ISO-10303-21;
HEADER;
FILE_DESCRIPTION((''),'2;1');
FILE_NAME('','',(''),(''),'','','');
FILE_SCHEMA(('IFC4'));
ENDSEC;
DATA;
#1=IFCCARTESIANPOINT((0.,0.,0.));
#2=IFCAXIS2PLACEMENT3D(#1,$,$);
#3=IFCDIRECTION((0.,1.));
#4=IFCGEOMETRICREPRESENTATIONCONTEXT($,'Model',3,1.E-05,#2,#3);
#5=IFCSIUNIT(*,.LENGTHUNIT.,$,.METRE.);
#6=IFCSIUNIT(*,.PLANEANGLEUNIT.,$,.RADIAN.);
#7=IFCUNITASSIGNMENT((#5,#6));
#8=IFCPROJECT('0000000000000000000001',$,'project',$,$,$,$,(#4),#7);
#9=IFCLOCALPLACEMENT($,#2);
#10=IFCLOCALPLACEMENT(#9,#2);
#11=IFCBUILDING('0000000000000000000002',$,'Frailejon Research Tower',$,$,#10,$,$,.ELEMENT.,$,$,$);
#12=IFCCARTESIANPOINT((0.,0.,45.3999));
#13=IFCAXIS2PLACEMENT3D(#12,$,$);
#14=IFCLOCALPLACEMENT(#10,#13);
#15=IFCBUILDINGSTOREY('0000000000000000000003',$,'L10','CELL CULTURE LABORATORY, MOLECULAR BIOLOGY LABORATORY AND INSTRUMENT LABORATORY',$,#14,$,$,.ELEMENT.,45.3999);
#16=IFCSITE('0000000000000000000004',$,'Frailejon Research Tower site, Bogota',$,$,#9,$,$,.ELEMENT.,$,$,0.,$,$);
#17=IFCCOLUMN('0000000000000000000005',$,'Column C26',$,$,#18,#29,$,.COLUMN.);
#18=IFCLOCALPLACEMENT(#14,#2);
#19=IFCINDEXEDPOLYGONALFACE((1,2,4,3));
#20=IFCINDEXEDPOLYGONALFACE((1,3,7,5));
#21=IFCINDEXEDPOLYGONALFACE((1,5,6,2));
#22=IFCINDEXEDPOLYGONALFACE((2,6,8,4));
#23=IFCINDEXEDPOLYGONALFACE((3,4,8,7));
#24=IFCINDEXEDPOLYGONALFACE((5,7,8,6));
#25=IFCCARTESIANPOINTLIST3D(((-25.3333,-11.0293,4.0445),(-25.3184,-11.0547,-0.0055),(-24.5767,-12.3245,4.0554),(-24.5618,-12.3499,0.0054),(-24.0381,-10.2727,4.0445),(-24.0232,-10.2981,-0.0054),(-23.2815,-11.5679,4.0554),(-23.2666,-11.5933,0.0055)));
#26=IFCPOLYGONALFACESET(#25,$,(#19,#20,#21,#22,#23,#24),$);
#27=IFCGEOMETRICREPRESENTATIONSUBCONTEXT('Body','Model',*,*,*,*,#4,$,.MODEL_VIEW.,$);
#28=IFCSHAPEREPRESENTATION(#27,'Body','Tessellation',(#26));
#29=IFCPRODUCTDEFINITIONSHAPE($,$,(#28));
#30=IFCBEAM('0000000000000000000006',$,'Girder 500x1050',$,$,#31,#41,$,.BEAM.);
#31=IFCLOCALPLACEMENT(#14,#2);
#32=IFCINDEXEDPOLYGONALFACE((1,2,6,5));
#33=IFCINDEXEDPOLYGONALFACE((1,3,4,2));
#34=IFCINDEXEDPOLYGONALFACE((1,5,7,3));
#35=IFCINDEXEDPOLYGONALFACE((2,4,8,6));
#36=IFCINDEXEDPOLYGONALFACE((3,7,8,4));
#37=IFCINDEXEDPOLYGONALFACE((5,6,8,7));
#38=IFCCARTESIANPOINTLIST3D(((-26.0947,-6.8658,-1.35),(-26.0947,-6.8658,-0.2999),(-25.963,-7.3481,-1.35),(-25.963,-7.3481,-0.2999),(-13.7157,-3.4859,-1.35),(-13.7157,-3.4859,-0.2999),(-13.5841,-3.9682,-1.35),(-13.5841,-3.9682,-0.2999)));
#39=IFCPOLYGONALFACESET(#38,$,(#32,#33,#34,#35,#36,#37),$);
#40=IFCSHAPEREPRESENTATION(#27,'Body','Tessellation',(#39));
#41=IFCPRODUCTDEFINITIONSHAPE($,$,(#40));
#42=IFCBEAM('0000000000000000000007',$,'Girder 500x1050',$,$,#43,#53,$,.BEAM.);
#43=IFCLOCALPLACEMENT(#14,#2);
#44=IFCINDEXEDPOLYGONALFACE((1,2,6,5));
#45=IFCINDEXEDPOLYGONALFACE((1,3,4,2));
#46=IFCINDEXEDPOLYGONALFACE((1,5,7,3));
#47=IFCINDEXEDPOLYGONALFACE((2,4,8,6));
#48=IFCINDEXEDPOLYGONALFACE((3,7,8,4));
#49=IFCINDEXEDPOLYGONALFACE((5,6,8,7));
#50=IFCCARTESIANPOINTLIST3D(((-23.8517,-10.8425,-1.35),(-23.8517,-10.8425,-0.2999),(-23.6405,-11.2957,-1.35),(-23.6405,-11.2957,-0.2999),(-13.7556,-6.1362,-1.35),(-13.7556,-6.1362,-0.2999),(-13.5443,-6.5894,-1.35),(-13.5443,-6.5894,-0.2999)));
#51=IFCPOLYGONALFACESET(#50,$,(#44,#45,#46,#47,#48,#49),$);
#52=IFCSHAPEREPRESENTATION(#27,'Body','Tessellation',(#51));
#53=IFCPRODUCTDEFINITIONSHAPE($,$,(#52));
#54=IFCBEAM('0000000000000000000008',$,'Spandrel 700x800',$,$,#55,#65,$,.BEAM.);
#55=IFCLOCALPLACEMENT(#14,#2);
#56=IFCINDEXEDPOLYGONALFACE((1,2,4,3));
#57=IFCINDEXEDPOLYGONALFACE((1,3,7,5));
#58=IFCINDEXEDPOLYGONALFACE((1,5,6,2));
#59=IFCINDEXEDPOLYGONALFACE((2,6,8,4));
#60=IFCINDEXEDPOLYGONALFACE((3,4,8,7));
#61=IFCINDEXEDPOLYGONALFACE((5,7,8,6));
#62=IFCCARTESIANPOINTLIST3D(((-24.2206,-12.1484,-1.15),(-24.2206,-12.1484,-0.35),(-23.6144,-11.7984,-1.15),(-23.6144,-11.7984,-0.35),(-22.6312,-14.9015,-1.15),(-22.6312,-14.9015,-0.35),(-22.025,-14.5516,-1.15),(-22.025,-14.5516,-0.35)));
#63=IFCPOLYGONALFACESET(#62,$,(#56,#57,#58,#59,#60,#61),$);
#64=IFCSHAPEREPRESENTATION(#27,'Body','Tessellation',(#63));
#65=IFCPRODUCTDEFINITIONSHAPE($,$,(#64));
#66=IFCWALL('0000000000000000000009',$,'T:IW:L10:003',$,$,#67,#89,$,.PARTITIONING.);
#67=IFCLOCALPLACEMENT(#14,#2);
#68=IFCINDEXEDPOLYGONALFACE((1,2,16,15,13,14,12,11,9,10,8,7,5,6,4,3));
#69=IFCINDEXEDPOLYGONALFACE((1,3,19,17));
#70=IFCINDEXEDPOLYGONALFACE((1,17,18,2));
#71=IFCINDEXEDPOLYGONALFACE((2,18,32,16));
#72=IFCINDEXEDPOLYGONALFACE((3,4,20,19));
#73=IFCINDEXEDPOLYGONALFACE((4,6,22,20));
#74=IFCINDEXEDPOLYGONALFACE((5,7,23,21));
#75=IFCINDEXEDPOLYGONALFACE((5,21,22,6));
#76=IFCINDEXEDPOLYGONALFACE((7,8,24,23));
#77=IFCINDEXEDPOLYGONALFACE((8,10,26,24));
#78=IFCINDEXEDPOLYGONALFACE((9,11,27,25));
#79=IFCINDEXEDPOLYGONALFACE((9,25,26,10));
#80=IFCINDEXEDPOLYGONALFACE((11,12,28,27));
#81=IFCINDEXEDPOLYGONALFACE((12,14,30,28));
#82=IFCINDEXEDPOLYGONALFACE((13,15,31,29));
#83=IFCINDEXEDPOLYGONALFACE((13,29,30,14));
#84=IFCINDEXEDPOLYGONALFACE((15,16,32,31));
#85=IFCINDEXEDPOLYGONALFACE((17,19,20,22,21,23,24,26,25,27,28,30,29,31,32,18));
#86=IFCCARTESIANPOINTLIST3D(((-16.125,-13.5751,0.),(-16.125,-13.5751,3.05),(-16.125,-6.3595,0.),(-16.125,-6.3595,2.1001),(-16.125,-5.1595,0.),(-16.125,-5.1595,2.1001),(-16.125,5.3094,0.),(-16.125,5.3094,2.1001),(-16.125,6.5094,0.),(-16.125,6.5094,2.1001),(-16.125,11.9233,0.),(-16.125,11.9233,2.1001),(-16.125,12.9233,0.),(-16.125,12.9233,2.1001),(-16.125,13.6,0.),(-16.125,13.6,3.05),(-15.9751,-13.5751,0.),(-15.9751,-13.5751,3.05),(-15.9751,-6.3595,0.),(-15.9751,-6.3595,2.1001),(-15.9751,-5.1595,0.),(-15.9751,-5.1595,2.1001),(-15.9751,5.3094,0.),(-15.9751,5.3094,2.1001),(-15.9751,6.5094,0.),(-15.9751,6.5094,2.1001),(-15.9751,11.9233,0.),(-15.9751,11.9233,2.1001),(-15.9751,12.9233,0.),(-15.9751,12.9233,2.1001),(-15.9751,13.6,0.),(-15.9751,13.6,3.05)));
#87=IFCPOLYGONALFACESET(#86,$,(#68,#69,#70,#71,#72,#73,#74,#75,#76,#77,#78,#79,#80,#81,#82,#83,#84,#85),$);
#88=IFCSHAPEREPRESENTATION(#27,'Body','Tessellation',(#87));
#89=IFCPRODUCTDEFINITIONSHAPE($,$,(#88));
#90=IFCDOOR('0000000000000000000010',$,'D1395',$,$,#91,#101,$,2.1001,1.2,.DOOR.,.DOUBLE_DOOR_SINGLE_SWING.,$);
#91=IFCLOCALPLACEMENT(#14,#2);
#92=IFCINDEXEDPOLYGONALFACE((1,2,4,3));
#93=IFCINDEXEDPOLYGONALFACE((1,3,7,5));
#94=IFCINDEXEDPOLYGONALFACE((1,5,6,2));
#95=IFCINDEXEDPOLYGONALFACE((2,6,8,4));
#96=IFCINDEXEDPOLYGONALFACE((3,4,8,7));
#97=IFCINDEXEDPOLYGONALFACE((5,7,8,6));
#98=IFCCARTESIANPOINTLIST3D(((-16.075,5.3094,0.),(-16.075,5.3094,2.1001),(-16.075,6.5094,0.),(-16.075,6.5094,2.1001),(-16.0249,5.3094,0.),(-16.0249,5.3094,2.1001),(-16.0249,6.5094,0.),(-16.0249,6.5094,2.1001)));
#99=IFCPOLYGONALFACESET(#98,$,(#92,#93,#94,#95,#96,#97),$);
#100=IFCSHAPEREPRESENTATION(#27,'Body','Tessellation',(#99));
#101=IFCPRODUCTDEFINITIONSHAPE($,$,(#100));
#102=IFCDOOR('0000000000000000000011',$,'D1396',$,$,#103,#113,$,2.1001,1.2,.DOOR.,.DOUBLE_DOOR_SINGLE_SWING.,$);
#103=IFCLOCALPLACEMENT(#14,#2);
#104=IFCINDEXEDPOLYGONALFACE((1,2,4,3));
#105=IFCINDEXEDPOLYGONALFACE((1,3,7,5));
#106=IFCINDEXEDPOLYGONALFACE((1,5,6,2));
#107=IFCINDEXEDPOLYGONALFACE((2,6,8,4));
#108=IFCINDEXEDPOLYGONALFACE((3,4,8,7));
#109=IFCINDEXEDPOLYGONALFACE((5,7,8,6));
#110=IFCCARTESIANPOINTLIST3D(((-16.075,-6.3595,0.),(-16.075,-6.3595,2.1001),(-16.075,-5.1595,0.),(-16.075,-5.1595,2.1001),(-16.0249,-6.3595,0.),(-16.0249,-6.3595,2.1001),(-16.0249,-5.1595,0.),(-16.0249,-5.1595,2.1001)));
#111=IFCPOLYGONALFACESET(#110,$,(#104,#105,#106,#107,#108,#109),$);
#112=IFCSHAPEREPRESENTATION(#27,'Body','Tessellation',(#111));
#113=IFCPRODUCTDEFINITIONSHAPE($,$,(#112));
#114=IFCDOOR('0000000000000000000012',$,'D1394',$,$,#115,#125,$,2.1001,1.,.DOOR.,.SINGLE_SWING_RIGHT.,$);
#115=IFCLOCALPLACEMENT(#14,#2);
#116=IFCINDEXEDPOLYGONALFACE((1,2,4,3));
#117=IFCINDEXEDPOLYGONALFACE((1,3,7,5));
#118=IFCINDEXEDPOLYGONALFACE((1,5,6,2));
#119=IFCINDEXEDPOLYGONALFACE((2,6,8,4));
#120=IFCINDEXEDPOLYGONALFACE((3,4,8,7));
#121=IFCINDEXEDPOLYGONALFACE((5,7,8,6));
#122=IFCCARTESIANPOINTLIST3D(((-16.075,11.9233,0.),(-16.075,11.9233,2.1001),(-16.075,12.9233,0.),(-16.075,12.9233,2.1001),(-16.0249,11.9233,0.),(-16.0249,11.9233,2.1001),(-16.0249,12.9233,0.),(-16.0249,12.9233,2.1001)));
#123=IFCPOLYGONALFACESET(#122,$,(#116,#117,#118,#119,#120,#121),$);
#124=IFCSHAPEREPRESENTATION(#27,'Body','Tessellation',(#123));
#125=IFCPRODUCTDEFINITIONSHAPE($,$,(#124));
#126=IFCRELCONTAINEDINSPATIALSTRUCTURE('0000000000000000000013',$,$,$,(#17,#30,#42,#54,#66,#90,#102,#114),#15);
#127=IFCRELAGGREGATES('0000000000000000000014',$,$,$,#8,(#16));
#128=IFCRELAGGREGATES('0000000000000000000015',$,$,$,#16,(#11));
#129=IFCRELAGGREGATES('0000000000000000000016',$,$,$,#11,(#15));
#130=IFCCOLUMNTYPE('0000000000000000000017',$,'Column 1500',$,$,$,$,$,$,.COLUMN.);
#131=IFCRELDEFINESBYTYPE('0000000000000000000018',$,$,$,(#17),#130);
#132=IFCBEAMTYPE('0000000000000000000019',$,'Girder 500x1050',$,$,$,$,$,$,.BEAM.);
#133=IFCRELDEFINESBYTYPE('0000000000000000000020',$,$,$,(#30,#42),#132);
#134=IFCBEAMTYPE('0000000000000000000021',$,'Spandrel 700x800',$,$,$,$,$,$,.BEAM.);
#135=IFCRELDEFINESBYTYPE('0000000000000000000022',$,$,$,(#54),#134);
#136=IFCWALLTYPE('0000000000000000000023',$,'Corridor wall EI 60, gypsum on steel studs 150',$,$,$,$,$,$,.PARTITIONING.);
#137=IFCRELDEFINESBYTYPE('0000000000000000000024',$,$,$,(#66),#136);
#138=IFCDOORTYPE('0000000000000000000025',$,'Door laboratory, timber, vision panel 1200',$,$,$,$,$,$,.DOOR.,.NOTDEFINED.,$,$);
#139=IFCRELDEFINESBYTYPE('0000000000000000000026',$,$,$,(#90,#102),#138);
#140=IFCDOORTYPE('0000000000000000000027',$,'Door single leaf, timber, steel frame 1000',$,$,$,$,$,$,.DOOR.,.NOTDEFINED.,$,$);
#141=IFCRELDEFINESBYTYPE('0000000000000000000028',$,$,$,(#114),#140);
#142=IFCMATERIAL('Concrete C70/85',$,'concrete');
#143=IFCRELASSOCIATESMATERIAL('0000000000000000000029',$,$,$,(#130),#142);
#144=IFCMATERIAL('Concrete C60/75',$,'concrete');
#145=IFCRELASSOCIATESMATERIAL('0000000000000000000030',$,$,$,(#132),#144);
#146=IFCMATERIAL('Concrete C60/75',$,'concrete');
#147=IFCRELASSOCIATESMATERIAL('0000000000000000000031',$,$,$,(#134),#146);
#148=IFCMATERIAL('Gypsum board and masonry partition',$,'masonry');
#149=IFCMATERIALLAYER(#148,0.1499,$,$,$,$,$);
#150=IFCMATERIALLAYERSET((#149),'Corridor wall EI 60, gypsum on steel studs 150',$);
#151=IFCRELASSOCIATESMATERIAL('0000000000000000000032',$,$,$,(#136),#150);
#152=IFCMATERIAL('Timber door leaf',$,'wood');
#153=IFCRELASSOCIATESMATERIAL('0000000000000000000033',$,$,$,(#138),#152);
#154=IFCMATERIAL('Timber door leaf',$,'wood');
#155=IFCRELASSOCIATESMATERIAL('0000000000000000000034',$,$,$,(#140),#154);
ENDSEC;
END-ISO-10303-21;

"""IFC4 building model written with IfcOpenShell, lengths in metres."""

from ifc_helpers import new_model, si_unit, direction, frame, frame_2d, origin, origin_2d, place, context, subcontext, project, spatial, rectangle, extrude, material, layer, layer_set, material_profile, profile_set, type_object, element, fill, save


model = new_model("IFC4")

# Units and contexts
model_context = context("Model", 3, precision=1e-05, world=origin(), true_north=direction((0.0, 1.0)))
body_context = subcontext(model_context, "Body", "Model", "MODEL_VIEW")
ifc_project = project(units=[si_unit("LENGTHUNIT", "METRE"), si_unit("PLANEANGLEUNIT", "RADIAN")], contexts=[model_context])

# Site, building, storey
site_placement = place(None, origin())
site = spatial("IfcSite", under=ifc_project, at=site_placement, Name="Frailejon Research Tower site, Bogota", CompositionType="ELEMENT", RefElevation=0.0)
building_placement = place(site_placement, origin())
building = spatial("IfcBuilding", under=site, at=building_placement, Name="Frailejon Research Tower", CompositionType="ELEMENT")
storey_placement = place(building_placement, frame((0.0, 0.0, 45.3999)))
storey = spatial("IfcBuildingStorey", under=building, at=storey_placement, Name="L10", Description="CELL CULTURE LABORATORY, MOLECULAR BIOLOGY LABORATORY AND INSTRUMENT LABORATORY", CompositionType="ELEMENT", Elevation=45.3999)

# Column
ifc_material_1 = material(Name="Concrete C70/85", Category="concrete")
ifc_material_profile_1 = material_profile(ifc_material_1, rectangle(XDim=1.5, YDim=1.5, at=origin_2d()), Name="Column 1500")
ifc_profile_set_1 = profile_set([ifc_material_profile_1], Name="Concrete C70/85")
column_type = type_object("IfcColumnType", Name="Column 1500", PredefinedType="COLUMN", material=ifc_profile_set_1)
column_placement = place(storey_placement, frame((-24.2925, -11.324, 0.0), z_axis=(-0.003677, 0.006269, 0.999974), x_axis=(0.504393, -0.863444, 0.007268)))
element("IfcColumn", 1, at=column_placement, inside=storey, type_object=column_type, Name="Column C26", PredefinedType="COLUMN", context=body_context, shape_type="SweptSolid", body=[
    extrude(rectangle(XDim=1.5, YDim=1.5, at=origin_2d()), origin(), (0.0, 0.0, 1.0), 4.05),
])

# Beams
ifc_material_2 = material(Name="Concrete C60/75", Category="concrete")
ifc_material_profile_2 = material_profile(ifc_material_2, rectangle(XDim=0.5, YDim=1.05, at=origin_2d()), Name="Girder 500x1050")
ifc_profile_set_2 = profile_set([ifc_material_profile_2], Name="Concrete C60/75")
beam_type_1 = type_object("IfcBeamType", Name="Girder 500x1050", PredefinedType="BEAM", material=ifc_profile_set_2)
beam_1_placement = place(storey_placement, frame((-26.0288, -7.1069, -0.825), z_axis=(0.964688, 0.263394, 0.0), x_axis=(-0.263394, 0.964688, 0.0)))
element("IfcBeam", 2, at=beam_1_placement, inside=storey, type_object=beam_type_1, Name="Girder 500x1050", PredefinedType="BEAM", context=body_context, shape_type="SweptSolid", body=[
    extrude(rectangle(XDim=0.5, YDim=1.05, at=origin_2d()), origin(), (0.0, 0.0, 1.0), 12.832),
])
beam_2_placement = place(storey_placement, frame((-23.7461, -11.0691, -0.825), z_axis=(0.906364, 0.422498, 0.0), x_axis=(-0.422498, 0.906364, 0.0)))
element("IfcBeam", 3, at=beam_2_placement, inside=storey, type_object=beam_type_1, Name="Girder 500x1050", PredefinedType="BEAM", context=body_context, shape_type="SweptSolid", body=[
    extrude(rectangle(XDim=0.5, YDim=1.05, at=origin_2d()), origin(), (0.0, 0.0, 1.0), 11.1392),
])
ifc_material_3 = material(Name="Concrete C60/75", Category="concrete")
ifc_material_profile_3 = material_profile(ifc_material_3, rectangle(XDim=0.7, YDim=0.8, at=origin_2d()), Name="Spandrel 700x800")
ifc_profile_set_3 = profile_set([ifc_material_profile_3], Name="Concrete C60/75")
beam_type_2 = type_object("IfcBeamType", Name="Spandrel 700x800", PredefinedType="BEAM", material=ifc_profile_set_3)
beam_3_placement = place(storey_placement, frame((-23.9175, -11.9734, -0.75), z_axis=(0.499955, -0.866051, 0.0), x_axis=(0.866051, 0.499955, 0.0)))
element("IfcBeam", 4, at=beam_3_placement, inside=storey, type_object=beam_type_2, Name="Spandrel 700x800", PredefinedType="BEAM", context=body_context, shape_type="SweptSolid", body=[
    extrude(rectangle(XDim=0.7, YDim=0.8, at=origin_2d()), origin(), (0.0, 0.0, 1.0), 3.179),
])

# Wall, openings, doors
ifc_material_4 = material(Name="Gypsum board and masonry partition", Category="masonry")
ifc_layer_1 = layer(ifc_material_4, 0.1499)
ifc_layer_set_1 = layer_set([ifc_layer_1], Name="Corridor wall EI 60, gypsum on steel studs 150")
wall_type_1 = type_object("IfcWallType", Name="Corridor wall EI 60, gypsum on steel studs 150", PredefinedType="PARTITIONING", material=ifc_layer_set_1)
wall_1_placement = place(storey_placement, frame((-16.05, -13.575, 0.0), z_axis=(0.0, 0.0, 1.0), x_axis=(0.0, 1.0, 0.0)))
wall_1 = element("IfcWall", 5, at=wall_1_placement, inside=storey, type_object=wall_type_1, Name="T:IW:L10:003", PredefinedType="PARTITIONING", context=body_context, shape_type="SweptSolid", body=[
    extrude(rectangle(XDim=27.175, YDim=0.1499, at=frame_2d((13.5874, 0.0))), origin(), (0.0, 0.0, 1.0), 3.05),
])
opening_1_placement = place(wall_1_placement, frame((25.4983, 0.0, 0.0)))
opening_1 = element("IfcOpeningElement", 6, at=opening_1_placement, cuts=wall_1, PredefinedType="OPENING", context=body_context, shape_type="SweptSolid", body=[
    extrude(rectangle(XDim=1.0, YDim=2.1001, at=frame_2d((0.5, 1.05))), frame((0.0, 0.085, 0.0), z_axis=(0.0, -1.0, 0.0), x_axis=(1.0, 0.0, 0.0)), (0.0, 0.0, 1.0), 0.1699),
])
opening_2_placement = place(wall_1_placement, frame((18.8843, 0.0, 0.0)))
opening_2 = element("IfcOpeningElement", 7, at=opening_2_placement, cuts=wall_1, PredefinedType="OPENING", context=body_context, shape_type="SweptSolid", body=[
    extrude(rectangle(XDim=1.2, YDim=2.1001, at=frame_2d((0.6001, 1.05))), frame((0.0, 0.085, 0.0), z_axis=(0.0, -1.0, 0.0), x_axis=(1.0, 0.0, 0.0)), (0.0, 0.0, 1.0), 0.1699),
])
opening_3_placement = place(wall_1_placement, frame((7.2153, 0.0, 0.0)))
opening_3 = element("IfcOpeningElement", 8, at=opening_3_placement, cuts=wall_1, PredefinedType="OPENING", context=body_context, shape_type="SweptSolid", body=[
    extrude(rectangle(XDim=1.2, YDim=2.1001, at=frame_2d((0.6001, 1.05))), frame((0.0, 0.085, 0.0), z_axis=(0.0, -1.0, 0.0), x_axis=(1.0, 0.0, 0.0)), (0.0, 0.0, 1.0), 0.1699),
])
ifc_material_5 = material(Name="Timber door leaf", Category="wood")
door_type_1 = type_object("IfcDoorType", Name="Door laboratory, timber, vision panel 1200", OperationType="NOTDEFINED", PredefinedType="DOOR", material=ifc_material_5)
door_1_placement = place(opening_2_placement, origin())
door_1 = element("IfcDoor", 9, at=door_1_placement, inside=storey, type_object=door_type_1, Name="D1395", OperationType="DOUBLE_DOOR_SINGLE_SWING", OverallHeight=2.1001, OverallWidth=1.2, PredefinedType="DOOR", context=body_context, shape_type="SweptSolid", body=[
    extrude(rectangle(XDim=1.2, YDim=2.1001, at=frame_2d((0.6001, 1.05))), frame((0.0, 0.0249, 0.0), z_axis=(0.0, -1.0, 0.0), x_axis=(1.0, 0.0, 0.0)), (0.0, 0.0, 1.0), 0.05),
])
fill(opening_2, door_1)
door_2_placement = place(opening_3_placement, origin())
door_2 = element("IfcDoor", 10, at=door_2_placement, inside=storey, type_object=door_type_1, Name="D1396", OperationType="DOUBLE_DOOR_SINGLE_SWING", OverallHeight=2.1001, OverallWidth=1.2, PredefinedType="DOOR", context=body_context, shape_type="SweptSolid", body=[
    extrude(rectangle(XDim=1.2, YDim=2.1001, at=frame_2d((0.6001, 1.05))), frame((0.0, 0.0249, 0.0), z_axis=(0.0, -1.0, 0.0), x_axis=(1.0, 0.0, 0.0)), (0.0, 0.0, 1.0), 0.05),
])
fill(opening_3, door_2)
ifc_material_6 = material(Name="Timber door leaf", Category="wood")
door_type_2 = type_object("IfcDoorType", Name="Door single leaf, timber, steel frame 1000", OperationType="NOTDEFINED", PredefinedType="DOOR", material=ifc_material_6)
door_3_placement = place(opening_1_placement, origin())
door_3 = element("IfcDoor", 11, at=door_3_placement, inside=storey, type_object=door_type_2, Name="D1394", OperationType="SINGLE_SWING_RIGHT", OverallHeight=2.1001, OverallWidth=1.0, PredefinedType="DOOR", context=body_context, shape_type="SweptSolid", body=[
    extrude(rectangle(XDim=1.0, YDim=2.1001, at=frame_2d((0.5, 1.05))), frame((0.0, 0.0249, 0.0), z_axis=(0.0, -1.0, 0.0), x_axis=(1.0, 0.0, 0.0)), (0.0, 0.0, 1.0), 0.05),
])
fill(opening_1, door_3)

save(model, "model.ifc")
